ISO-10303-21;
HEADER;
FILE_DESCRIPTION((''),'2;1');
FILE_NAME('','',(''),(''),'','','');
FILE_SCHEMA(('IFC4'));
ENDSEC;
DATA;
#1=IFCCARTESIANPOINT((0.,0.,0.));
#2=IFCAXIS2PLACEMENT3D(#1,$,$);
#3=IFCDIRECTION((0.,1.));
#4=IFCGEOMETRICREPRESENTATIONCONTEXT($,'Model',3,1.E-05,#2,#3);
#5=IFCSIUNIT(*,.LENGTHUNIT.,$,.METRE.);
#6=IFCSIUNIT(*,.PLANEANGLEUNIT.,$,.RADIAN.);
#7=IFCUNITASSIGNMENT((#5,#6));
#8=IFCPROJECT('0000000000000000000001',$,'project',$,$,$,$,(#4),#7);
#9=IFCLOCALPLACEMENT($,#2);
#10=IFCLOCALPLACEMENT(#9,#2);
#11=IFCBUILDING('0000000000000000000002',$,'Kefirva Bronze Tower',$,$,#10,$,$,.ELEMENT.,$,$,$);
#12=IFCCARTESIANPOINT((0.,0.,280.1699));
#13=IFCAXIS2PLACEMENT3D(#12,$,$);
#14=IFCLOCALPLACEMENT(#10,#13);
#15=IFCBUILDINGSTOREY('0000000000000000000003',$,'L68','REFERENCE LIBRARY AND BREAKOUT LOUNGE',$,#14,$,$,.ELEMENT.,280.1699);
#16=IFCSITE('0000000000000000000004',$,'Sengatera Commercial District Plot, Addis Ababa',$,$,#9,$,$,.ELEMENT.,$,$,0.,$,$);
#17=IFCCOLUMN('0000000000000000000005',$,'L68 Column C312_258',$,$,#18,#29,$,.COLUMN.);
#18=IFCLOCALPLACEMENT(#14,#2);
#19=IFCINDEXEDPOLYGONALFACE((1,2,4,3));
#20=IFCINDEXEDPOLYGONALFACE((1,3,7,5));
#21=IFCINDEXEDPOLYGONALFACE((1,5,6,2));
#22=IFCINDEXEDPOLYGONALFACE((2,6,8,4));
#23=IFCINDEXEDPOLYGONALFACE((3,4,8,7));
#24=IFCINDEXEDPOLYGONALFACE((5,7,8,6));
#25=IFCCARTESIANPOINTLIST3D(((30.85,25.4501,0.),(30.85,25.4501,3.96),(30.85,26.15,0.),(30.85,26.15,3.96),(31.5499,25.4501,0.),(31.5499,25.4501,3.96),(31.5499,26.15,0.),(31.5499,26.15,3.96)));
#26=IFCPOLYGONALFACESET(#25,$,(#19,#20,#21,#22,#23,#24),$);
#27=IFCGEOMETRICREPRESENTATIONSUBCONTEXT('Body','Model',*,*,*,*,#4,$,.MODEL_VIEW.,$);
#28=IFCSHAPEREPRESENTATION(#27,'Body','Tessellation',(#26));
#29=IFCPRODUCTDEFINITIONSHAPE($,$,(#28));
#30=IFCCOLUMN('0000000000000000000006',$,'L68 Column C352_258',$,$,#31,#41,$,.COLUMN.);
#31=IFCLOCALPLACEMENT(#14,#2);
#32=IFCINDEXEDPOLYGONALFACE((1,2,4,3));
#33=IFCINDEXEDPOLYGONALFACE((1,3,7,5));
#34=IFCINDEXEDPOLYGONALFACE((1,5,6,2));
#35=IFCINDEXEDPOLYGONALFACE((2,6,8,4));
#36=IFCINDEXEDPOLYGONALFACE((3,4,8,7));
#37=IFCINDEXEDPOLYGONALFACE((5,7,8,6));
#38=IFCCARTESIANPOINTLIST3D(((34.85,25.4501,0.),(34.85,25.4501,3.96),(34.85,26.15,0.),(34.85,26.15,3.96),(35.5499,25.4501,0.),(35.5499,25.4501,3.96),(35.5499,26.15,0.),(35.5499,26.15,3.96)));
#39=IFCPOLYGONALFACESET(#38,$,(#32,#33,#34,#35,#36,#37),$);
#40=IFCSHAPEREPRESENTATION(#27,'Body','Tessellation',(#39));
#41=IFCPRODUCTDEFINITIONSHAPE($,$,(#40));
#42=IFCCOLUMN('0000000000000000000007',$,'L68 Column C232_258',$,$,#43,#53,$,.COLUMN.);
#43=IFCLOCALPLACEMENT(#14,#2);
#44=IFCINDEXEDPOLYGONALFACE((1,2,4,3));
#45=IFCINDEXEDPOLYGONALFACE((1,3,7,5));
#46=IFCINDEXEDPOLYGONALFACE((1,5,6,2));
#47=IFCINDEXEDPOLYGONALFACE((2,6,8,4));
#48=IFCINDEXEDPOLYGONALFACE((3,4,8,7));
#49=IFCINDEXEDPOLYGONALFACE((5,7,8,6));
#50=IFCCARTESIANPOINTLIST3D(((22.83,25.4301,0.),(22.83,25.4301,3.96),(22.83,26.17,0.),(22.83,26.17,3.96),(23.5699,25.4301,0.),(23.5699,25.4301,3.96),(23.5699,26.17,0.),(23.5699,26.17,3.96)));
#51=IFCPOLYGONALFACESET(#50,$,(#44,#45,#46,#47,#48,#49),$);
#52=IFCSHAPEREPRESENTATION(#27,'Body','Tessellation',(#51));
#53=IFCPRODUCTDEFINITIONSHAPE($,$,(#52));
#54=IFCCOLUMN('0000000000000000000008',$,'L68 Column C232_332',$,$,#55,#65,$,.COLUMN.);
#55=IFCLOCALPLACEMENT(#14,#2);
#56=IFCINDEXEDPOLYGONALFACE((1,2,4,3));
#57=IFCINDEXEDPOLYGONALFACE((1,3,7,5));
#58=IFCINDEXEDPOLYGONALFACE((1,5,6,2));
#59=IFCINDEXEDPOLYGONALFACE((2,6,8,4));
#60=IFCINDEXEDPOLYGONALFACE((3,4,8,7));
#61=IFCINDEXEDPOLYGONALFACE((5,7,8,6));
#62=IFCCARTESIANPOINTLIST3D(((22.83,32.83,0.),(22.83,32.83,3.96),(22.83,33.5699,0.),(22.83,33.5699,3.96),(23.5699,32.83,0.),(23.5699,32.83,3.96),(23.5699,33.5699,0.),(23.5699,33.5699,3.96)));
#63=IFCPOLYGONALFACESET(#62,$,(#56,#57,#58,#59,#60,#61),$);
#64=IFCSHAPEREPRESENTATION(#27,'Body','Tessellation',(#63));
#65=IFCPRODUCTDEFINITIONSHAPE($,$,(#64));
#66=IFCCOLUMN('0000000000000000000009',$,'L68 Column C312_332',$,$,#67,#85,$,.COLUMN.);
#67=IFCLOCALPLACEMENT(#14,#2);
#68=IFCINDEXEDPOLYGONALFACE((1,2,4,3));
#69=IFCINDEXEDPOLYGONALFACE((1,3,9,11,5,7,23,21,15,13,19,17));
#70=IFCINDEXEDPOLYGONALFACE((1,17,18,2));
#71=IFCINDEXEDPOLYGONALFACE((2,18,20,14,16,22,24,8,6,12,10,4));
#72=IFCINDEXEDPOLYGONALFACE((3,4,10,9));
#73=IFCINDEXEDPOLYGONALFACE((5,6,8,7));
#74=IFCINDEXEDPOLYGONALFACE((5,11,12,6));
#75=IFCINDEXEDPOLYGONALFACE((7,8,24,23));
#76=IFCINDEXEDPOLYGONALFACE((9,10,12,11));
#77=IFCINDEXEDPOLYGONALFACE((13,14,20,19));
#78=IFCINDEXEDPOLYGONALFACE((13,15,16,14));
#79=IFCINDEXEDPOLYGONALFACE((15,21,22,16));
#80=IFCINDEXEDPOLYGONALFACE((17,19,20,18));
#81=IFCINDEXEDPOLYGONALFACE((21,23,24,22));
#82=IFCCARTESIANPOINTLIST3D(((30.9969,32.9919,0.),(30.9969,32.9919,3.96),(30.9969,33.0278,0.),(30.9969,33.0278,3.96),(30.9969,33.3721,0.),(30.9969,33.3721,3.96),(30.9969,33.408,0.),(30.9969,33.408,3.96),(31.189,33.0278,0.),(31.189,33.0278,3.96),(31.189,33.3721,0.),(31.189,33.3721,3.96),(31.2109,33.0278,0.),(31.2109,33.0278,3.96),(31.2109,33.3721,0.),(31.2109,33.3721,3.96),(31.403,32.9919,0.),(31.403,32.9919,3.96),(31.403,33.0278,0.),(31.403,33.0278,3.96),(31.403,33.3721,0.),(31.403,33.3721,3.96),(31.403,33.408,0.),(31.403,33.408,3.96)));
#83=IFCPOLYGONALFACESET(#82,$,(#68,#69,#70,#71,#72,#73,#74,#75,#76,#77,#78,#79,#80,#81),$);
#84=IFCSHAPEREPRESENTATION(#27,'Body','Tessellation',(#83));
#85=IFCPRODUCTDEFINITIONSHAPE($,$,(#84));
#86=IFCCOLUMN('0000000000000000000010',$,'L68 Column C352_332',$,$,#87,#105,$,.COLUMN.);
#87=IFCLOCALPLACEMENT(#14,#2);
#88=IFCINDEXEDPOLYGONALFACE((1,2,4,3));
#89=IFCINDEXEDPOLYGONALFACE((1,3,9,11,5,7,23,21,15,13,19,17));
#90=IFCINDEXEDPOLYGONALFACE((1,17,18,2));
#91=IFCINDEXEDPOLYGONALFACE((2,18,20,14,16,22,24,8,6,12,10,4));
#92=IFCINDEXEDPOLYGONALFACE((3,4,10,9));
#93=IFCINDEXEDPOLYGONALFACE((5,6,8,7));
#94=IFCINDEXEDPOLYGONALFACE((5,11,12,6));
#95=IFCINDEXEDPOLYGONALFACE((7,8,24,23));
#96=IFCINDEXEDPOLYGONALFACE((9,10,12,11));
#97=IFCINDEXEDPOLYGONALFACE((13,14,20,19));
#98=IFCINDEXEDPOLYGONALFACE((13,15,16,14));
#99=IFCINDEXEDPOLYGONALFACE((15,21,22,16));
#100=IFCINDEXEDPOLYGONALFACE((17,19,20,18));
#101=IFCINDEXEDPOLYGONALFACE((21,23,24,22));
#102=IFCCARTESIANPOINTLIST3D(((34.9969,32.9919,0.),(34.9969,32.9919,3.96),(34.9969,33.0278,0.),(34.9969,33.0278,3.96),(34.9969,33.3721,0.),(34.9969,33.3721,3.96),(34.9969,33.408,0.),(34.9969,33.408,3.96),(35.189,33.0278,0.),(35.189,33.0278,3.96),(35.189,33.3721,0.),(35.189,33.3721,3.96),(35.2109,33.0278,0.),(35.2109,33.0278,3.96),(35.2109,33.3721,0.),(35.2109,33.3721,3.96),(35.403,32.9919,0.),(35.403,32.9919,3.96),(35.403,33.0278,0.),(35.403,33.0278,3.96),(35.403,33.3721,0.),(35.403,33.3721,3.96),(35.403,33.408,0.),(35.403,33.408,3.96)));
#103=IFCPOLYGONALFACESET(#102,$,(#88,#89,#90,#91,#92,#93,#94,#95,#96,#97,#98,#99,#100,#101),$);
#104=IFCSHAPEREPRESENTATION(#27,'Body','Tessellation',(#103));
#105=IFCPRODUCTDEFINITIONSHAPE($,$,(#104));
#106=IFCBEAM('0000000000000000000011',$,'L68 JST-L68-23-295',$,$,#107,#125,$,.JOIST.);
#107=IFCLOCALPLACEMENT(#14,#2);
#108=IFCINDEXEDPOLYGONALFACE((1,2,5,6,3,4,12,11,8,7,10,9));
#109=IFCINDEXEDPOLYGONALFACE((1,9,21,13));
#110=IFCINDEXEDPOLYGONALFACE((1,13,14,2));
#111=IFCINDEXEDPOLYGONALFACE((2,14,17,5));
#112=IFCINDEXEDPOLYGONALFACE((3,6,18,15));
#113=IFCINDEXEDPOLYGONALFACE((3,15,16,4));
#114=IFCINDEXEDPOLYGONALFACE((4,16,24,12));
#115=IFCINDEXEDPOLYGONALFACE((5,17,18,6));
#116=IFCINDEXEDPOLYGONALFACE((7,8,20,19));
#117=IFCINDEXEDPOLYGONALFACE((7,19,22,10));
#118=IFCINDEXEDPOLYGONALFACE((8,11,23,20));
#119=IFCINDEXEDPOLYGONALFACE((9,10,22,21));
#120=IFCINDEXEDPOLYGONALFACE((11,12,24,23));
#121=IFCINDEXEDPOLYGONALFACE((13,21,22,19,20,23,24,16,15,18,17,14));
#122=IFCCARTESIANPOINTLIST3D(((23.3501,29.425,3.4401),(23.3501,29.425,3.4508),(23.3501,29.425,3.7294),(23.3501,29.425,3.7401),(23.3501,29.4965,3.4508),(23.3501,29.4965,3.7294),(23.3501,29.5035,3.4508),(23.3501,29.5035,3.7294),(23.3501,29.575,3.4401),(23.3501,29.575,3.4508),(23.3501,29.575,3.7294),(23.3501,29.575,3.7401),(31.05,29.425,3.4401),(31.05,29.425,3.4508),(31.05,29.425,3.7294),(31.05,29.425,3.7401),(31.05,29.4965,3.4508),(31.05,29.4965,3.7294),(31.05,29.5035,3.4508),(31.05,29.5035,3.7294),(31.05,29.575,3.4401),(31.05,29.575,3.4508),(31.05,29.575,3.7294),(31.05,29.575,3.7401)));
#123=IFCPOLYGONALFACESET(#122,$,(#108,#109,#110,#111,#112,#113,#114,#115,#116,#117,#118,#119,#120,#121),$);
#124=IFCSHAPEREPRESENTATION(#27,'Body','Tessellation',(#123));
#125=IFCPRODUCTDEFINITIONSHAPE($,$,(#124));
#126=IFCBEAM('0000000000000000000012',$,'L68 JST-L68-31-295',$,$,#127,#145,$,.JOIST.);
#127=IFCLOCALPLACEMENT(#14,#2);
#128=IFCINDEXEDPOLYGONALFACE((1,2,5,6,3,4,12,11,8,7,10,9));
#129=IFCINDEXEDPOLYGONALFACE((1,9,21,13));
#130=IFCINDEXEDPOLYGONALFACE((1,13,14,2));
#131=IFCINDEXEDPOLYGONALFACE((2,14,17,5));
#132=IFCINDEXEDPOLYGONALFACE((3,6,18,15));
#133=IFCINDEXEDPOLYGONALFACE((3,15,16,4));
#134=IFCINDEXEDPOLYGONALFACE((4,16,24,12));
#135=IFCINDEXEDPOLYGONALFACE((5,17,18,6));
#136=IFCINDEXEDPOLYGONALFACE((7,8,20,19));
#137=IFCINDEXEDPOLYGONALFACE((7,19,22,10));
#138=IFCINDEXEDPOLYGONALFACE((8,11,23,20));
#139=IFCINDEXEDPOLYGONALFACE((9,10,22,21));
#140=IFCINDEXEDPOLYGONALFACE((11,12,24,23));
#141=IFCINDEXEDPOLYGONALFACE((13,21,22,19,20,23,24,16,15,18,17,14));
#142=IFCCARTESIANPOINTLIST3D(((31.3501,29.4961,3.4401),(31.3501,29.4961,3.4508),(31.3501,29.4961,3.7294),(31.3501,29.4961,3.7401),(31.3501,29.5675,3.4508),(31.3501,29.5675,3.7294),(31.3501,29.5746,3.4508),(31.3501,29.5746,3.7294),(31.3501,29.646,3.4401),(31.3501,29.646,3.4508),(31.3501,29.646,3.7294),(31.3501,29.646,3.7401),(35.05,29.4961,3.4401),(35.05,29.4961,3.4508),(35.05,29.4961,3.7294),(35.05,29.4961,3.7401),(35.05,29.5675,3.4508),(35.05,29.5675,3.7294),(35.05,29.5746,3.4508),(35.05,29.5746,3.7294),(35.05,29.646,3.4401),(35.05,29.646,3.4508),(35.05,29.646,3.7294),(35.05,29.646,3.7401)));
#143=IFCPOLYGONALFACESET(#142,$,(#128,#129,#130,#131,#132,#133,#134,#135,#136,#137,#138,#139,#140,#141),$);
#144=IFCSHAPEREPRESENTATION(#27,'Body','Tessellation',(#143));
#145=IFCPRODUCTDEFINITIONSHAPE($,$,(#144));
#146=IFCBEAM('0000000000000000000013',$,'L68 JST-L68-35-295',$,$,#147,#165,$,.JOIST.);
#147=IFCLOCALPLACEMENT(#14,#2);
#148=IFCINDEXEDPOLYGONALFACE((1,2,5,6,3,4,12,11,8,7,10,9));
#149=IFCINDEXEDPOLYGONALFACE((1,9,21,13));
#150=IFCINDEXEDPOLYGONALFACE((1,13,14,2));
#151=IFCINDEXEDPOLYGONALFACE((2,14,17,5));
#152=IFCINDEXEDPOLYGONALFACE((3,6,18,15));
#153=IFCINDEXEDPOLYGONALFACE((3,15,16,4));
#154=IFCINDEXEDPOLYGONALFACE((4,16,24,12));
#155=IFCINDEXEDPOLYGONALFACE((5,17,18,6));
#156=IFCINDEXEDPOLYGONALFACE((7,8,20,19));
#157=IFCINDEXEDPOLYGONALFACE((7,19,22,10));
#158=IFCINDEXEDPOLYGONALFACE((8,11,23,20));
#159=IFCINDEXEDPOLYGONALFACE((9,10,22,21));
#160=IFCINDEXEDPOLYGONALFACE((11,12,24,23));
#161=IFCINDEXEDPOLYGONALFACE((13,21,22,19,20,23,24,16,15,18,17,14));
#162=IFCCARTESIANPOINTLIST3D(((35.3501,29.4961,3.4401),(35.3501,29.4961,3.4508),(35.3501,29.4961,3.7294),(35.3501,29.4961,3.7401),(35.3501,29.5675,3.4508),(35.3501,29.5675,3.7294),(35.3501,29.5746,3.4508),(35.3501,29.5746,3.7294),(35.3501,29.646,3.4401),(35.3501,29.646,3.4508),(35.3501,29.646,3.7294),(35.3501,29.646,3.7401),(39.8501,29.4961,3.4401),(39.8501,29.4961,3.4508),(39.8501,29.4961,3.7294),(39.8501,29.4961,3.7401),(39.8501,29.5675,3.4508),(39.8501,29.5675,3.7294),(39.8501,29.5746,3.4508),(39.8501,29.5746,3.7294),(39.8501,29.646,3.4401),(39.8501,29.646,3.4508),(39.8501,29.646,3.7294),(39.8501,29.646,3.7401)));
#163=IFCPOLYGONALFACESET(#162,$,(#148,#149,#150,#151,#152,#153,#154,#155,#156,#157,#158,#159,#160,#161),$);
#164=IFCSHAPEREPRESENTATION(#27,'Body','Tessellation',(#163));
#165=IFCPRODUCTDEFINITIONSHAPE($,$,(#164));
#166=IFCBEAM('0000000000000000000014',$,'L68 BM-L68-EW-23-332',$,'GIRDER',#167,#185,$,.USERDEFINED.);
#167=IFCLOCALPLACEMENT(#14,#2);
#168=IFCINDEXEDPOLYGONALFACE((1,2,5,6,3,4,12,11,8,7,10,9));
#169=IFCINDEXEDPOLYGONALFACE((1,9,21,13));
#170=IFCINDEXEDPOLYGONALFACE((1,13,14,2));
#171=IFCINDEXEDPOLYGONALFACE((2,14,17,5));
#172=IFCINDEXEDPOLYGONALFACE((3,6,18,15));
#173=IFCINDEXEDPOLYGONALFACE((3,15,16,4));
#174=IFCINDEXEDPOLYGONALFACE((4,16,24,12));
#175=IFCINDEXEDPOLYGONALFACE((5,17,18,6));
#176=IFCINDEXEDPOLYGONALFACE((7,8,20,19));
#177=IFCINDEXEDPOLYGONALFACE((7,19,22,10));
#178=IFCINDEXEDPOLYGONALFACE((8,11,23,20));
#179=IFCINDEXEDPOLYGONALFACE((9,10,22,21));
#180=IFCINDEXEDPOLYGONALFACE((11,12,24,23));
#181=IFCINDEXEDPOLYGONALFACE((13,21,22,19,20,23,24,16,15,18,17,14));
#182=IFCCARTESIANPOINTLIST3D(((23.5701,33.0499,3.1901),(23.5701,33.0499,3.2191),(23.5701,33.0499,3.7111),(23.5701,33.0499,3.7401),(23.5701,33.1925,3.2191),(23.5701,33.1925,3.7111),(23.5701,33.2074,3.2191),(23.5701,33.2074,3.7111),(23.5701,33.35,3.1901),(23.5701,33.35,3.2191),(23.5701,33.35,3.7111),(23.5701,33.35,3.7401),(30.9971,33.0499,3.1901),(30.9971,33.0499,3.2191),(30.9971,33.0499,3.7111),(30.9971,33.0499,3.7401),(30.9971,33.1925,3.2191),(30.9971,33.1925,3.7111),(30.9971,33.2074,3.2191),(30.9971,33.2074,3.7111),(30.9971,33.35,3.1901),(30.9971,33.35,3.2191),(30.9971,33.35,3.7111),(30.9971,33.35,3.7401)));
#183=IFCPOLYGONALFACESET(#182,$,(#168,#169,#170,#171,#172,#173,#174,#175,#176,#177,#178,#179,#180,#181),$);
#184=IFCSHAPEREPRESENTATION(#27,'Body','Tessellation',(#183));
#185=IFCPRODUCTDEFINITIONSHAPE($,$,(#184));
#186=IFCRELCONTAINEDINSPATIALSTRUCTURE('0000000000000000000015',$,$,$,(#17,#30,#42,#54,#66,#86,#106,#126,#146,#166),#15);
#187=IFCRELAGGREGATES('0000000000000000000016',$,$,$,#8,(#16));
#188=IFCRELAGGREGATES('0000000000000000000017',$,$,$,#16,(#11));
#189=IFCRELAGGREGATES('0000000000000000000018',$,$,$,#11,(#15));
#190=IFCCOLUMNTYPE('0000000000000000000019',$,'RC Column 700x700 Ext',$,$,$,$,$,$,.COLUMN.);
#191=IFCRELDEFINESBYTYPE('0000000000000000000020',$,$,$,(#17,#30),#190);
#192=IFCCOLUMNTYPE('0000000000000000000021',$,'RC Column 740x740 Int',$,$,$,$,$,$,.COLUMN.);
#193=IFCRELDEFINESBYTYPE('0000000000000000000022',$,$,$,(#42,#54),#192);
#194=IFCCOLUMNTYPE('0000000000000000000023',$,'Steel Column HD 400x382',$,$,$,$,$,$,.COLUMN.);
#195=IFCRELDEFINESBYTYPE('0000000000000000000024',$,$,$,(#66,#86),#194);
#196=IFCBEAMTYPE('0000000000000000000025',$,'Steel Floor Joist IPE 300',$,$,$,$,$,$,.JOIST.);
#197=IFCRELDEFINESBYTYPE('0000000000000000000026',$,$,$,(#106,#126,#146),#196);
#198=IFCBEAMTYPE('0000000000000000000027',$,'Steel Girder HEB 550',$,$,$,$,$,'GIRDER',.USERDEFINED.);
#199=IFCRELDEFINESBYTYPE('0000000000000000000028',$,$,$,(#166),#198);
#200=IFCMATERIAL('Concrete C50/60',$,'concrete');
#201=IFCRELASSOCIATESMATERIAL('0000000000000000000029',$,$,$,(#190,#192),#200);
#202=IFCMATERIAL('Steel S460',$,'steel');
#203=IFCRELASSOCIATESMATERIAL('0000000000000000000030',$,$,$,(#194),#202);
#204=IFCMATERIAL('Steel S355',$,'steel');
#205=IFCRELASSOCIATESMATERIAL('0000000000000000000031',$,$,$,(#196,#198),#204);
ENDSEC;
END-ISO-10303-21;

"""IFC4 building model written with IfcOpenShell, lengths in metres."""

from ifc_helpers import new_model, si_unit, direction, frame, origin, origin_2d, place, context, subcontext, project, spatial, rectangle, i_section, extrude, material, material_profile, profile_set, type_object, element, save


model = new_model("IFC4")

# Units and contexts
model_context = context("Model", 3, precision=1e-05, world=origin(), true_north=direction((0.0, 1.0)))
body_context = subcontext(model_context, "Body", "Model", "MODEL_VIEW")
ifc_project = project(units=[si_unit("LENGTHUNIT", "METRE"), si_unit("PLANEANGLEUNIT", "RADIAN")], contexts=[model_context])

# Site, building, storey
site_placement = place(None, origin())
site = spatial("IfcSite", under=ifc_project, at=site_placement, Name="Sengatera Commercial District Plot, Addis Ababa", CompositionType="ELEMENT", RefElevation=0.0)
building_placement = place(site_placement, origin())
building = spatial("IfcBuilding", under=site, at=building_placement, Name="Kefirva Bronze Tower", CompositionType="ELEMENT")
storey_placement = place(building_placement, frame((0.0, 0.0, 280.1699)))
storey = spatial("IfcBuildingStorey", under=building, at=storey_placement, Name="L68", Description="REFERENCE LIBRARY AND BREAKOUT LOUNGE", CompositionType="ELEMENT", Elevation=280.1699)

# Columns
ifc_material_1 = material(Name="Concrete C50/60", Category="concrete")
ifc_material_profile_1 = material_profile(ifc_material_1, rectangle(XDim=0.7, YDim=0.7, at=origin_2d()), Name="RC 700x700")
ifc_profile_set_1 = profile_set([ifc_material_profile_1], Name="Concrete C50/60")
column_type_1 = type_object("IfcColumnType", Name="RC Column 700x700 Ext", PredefinedType="COLUMN", material=ifc_profile_set_1)
for number, where, z_axis, x_axis, name in (
    (1, (31.2, 25.8, 0.0), (0.0, 0.0, 1.0), (1.0, 0.0, 0.0), "L68 Column C312_258"),
    (2, (35.2, 25.8, 0.0), (0.0, 0.0, 1.0), (1.0, 0.0, 0.0), "L68 Column C352_258"),
):
    element("IfcColumn", number, at=place(storey_placement, frame(where, z_axis=z_axis, x_axis=x_axis)), inside=storey, type_object=column_type_1, Name=name, PredefinedType="COLUMN", context=body_context, shape_type="SweptSolid", body=[
        extrude(rectangle(XDim=0.7, YDim=0.7, at=origin_2d()), origin(), (0.0, 0.0, 1.0), 3.96),
    ])
ifc_material_profile_2 = material_profile(ifc_material_1, rectangle(XDim=0.74, YDim=0.74, at=origin_2d()), Name="RC 740x740")
ifc_profile_set_2 = profile_set([ifc_material_profile_2], Name="Concrete C50/60")
column_type_2 = type_object("IfcColumnType", Name="RC Column 740x740 Int", PredefinedType="COLUMN", material=ifc_profile_set_2)
for number, where, z_axis, x_axis, name in (
    (3, (23.2, 25.8, 0.0), (0.0, 0.0, 1.0), (1.0, 0.0, 0.0), "L68 Column C232_258"),
    (4, (23.2, 33.2, 0.0), (0.0, 0.0, 1.0), (1.0, 0.0, 0.0), "L68 Column C232_332"),
):
    element("IfcColumn", number, at=place(storey_placement, frame(where, z_axis=z_axis, x_axis=x_axis)), inside=storey, type_object=column_type_2, Name=name, PredefinedType="COLUMN", context=body_context, shape_type="SweptSolid", body=[
        extrude(rectangle(XDim=0.74, YDim=0.74, at=origin_2d()), origin(), (0.0, 0.0, 1.0), 3.96),
    ])
ifc_material_2 = material(Name="Steel S460", Category="steel")
ifc_material_profile_3 = material_profile(ifc_material_2, i_section(OverallWidth=0.406, OverallDepth=0.416, WebThickness=0.022, FlangeThickness=0.0359, at=origin_2d()), Name="HD 400x382")
ifc_profile_set_3 = profile_set([ifc_material_profile_3], Name="Steel S460")
column_type_3 = type_object("IfcColumnType", Name="Steel Column HD 400x382", PredefinedType="COLUMN", material=ifc_profile_set_3)
for number, where, z_axis, x_axis, name in (
    (5, (31.2, 33.2, 0.0), (0.0, 0.0, 1.0), (1.0, 0.0, 0.0), "L68 Column C312_332"),
    (6, (35.2, 33.2, 0.0), (0.0, 0.0, 1.0), (1.0, 0.0, 0.0), "L68 Column C352_332"),
):
    element("IfcColumn", number, at=place(storey_placement, frame(where, z_axis=z_axis, x_axis=x_axis)), inside=storey, type_object=column_type_3, Name=name, PredefinedType="COLUMN", context=body_context, shape_type="SweptSolid", body=[
        extrude(i_section(OverallWidth=0.406, OverallDepth=0.416, WebThickness=0.022, FlangeThickness=0.0359, at=origin_2d()), origin(), (0.0, 0.0, 1.0), 3.96),
    ])

# Beams
ifc_material_3 = material(Name="Steel S355", Category="steel")
ifc_material_profile_4 = material_profile(ifc_material_3, i_section(OverallWidth=0.1499, OverallDepth=0.3, WebThickness=0.0071, FlangeThickness=0.0107, at=origin_2d()), Name="IPE 300")
ifc_profile_set_4 = profile_set([ifc_material_profile_4], Name="Steel S355")
beam_type_1 = type_object("IfcBeamType", Name="Steel Floor Joist IPE 300", PredefinedType="JOIST", material=ifc_profile_set_4)
beam_1_placement = place(storey_placement, frame((23.3501, 29.5, 3.5901), z_axis=(1.0, 0.0, 0.0), x_axis=(0.0, 1.0, 0.0)))
element("IfcBeam", 7, at=beam_1_placement, inside=storey, type_object=beam_type_1, Name="L68 JST-L68-23-295", PredefinedType="JOIST", context=body_context, shape_type="SweptSolid", body=[
    extrude(i_section(OverallWidth=0.1499, OverallDepth=0.3, WebThickness=0.0071, FlangeThickness=0.0107, at=origin_2d()), origin(), (0.0, 0.0, 1.0), 7.7),
])
beam_2_placement = place(storey_placement, frame((31.3501, 29.571, 3.5901), z_axis=(1.0, 0.0, 0.0), x_axis=(0.0, 1.0, 0.0)))
element("IfcBeam", 8, at=beam_2_placement, inside=storey, type_object=beam_type_1, Name="L68 JST-L68-31-295", PredefinedType="JOIST", context=body_context, shape_type="SweptSolid", body=[
    extrude(i_section(OverallWidth=0.1499, OverallDepth=0.3, WebThickness=0.0071, FlangeThickness=0.0107, at=origin_2d()), origin(), (0.0, 0.0, 1.0), 3.7),
])
beam_3_placement = place(storey_placement, frame((35.3501, 29.571, 3.5901), z_axis=(1.0, 0.0, 0.0), x_axis=(0.0, 1.0, 0.0)))
element("IfcBeam", 9, at=beam_3_placement, inside=storey, type_object=beam_type_1, Name="L68 JST-L68-35-295", PredefinedType="JOIST", context=body_context, shape_type="SweptSolid", body=[
    extrude(i_section(OverallWidth=0.1499, OverallDepth=0.3, WebThickness=0.0071, FlangeThickness=0.0107, at=origin_2d()), origin(), (0.0, 0.0, 1.0), 4.5),
])
ifc_material_profile_5 = material_profile(ifc_material_3, i_section(OverallWidth=0.3, OverallDepth=0.55, WebThickness=0.0149, FlangeThickness=0.0291, at=origin_2d()), Name="HEB 550")
ifc_profile_set_5 = profile_set([ifc_material_profile_5], Name="Steel S355")
beam_type_2 = type_object("IfcBeamType", Name="Steel Girder HEB 550", ElementType="GIRDER", PredefinedType="USERDEFINED", material=ifc_profile_set_5)
beam_4_placement = place(storey_placement, frame((23.5701, 33.2, 3.4651), z_axis=(1.0, 0.0, 0.0), x_axis=(0.0, 1.0, 0.0)))
element("IfcBeam", 10, at=beam_4_placement, inside=storey, type_object=beam_type_2, Name="L68 BM-L68-EW-23-332", ObjectType="GIRDER", PredefinedType="USERDEFINED", context=body_context, shape_type="SweptSolid", body=[
    extrude(i_section(OverallWidth=0.3, OverallDepth=0.55, WebThickness=0.0149, FlangeThickness=0.0291, at=origin_2d()), origin(), (0.0, 0.0, 1.0), 7.427),
])

save(model, "model.ifc")
